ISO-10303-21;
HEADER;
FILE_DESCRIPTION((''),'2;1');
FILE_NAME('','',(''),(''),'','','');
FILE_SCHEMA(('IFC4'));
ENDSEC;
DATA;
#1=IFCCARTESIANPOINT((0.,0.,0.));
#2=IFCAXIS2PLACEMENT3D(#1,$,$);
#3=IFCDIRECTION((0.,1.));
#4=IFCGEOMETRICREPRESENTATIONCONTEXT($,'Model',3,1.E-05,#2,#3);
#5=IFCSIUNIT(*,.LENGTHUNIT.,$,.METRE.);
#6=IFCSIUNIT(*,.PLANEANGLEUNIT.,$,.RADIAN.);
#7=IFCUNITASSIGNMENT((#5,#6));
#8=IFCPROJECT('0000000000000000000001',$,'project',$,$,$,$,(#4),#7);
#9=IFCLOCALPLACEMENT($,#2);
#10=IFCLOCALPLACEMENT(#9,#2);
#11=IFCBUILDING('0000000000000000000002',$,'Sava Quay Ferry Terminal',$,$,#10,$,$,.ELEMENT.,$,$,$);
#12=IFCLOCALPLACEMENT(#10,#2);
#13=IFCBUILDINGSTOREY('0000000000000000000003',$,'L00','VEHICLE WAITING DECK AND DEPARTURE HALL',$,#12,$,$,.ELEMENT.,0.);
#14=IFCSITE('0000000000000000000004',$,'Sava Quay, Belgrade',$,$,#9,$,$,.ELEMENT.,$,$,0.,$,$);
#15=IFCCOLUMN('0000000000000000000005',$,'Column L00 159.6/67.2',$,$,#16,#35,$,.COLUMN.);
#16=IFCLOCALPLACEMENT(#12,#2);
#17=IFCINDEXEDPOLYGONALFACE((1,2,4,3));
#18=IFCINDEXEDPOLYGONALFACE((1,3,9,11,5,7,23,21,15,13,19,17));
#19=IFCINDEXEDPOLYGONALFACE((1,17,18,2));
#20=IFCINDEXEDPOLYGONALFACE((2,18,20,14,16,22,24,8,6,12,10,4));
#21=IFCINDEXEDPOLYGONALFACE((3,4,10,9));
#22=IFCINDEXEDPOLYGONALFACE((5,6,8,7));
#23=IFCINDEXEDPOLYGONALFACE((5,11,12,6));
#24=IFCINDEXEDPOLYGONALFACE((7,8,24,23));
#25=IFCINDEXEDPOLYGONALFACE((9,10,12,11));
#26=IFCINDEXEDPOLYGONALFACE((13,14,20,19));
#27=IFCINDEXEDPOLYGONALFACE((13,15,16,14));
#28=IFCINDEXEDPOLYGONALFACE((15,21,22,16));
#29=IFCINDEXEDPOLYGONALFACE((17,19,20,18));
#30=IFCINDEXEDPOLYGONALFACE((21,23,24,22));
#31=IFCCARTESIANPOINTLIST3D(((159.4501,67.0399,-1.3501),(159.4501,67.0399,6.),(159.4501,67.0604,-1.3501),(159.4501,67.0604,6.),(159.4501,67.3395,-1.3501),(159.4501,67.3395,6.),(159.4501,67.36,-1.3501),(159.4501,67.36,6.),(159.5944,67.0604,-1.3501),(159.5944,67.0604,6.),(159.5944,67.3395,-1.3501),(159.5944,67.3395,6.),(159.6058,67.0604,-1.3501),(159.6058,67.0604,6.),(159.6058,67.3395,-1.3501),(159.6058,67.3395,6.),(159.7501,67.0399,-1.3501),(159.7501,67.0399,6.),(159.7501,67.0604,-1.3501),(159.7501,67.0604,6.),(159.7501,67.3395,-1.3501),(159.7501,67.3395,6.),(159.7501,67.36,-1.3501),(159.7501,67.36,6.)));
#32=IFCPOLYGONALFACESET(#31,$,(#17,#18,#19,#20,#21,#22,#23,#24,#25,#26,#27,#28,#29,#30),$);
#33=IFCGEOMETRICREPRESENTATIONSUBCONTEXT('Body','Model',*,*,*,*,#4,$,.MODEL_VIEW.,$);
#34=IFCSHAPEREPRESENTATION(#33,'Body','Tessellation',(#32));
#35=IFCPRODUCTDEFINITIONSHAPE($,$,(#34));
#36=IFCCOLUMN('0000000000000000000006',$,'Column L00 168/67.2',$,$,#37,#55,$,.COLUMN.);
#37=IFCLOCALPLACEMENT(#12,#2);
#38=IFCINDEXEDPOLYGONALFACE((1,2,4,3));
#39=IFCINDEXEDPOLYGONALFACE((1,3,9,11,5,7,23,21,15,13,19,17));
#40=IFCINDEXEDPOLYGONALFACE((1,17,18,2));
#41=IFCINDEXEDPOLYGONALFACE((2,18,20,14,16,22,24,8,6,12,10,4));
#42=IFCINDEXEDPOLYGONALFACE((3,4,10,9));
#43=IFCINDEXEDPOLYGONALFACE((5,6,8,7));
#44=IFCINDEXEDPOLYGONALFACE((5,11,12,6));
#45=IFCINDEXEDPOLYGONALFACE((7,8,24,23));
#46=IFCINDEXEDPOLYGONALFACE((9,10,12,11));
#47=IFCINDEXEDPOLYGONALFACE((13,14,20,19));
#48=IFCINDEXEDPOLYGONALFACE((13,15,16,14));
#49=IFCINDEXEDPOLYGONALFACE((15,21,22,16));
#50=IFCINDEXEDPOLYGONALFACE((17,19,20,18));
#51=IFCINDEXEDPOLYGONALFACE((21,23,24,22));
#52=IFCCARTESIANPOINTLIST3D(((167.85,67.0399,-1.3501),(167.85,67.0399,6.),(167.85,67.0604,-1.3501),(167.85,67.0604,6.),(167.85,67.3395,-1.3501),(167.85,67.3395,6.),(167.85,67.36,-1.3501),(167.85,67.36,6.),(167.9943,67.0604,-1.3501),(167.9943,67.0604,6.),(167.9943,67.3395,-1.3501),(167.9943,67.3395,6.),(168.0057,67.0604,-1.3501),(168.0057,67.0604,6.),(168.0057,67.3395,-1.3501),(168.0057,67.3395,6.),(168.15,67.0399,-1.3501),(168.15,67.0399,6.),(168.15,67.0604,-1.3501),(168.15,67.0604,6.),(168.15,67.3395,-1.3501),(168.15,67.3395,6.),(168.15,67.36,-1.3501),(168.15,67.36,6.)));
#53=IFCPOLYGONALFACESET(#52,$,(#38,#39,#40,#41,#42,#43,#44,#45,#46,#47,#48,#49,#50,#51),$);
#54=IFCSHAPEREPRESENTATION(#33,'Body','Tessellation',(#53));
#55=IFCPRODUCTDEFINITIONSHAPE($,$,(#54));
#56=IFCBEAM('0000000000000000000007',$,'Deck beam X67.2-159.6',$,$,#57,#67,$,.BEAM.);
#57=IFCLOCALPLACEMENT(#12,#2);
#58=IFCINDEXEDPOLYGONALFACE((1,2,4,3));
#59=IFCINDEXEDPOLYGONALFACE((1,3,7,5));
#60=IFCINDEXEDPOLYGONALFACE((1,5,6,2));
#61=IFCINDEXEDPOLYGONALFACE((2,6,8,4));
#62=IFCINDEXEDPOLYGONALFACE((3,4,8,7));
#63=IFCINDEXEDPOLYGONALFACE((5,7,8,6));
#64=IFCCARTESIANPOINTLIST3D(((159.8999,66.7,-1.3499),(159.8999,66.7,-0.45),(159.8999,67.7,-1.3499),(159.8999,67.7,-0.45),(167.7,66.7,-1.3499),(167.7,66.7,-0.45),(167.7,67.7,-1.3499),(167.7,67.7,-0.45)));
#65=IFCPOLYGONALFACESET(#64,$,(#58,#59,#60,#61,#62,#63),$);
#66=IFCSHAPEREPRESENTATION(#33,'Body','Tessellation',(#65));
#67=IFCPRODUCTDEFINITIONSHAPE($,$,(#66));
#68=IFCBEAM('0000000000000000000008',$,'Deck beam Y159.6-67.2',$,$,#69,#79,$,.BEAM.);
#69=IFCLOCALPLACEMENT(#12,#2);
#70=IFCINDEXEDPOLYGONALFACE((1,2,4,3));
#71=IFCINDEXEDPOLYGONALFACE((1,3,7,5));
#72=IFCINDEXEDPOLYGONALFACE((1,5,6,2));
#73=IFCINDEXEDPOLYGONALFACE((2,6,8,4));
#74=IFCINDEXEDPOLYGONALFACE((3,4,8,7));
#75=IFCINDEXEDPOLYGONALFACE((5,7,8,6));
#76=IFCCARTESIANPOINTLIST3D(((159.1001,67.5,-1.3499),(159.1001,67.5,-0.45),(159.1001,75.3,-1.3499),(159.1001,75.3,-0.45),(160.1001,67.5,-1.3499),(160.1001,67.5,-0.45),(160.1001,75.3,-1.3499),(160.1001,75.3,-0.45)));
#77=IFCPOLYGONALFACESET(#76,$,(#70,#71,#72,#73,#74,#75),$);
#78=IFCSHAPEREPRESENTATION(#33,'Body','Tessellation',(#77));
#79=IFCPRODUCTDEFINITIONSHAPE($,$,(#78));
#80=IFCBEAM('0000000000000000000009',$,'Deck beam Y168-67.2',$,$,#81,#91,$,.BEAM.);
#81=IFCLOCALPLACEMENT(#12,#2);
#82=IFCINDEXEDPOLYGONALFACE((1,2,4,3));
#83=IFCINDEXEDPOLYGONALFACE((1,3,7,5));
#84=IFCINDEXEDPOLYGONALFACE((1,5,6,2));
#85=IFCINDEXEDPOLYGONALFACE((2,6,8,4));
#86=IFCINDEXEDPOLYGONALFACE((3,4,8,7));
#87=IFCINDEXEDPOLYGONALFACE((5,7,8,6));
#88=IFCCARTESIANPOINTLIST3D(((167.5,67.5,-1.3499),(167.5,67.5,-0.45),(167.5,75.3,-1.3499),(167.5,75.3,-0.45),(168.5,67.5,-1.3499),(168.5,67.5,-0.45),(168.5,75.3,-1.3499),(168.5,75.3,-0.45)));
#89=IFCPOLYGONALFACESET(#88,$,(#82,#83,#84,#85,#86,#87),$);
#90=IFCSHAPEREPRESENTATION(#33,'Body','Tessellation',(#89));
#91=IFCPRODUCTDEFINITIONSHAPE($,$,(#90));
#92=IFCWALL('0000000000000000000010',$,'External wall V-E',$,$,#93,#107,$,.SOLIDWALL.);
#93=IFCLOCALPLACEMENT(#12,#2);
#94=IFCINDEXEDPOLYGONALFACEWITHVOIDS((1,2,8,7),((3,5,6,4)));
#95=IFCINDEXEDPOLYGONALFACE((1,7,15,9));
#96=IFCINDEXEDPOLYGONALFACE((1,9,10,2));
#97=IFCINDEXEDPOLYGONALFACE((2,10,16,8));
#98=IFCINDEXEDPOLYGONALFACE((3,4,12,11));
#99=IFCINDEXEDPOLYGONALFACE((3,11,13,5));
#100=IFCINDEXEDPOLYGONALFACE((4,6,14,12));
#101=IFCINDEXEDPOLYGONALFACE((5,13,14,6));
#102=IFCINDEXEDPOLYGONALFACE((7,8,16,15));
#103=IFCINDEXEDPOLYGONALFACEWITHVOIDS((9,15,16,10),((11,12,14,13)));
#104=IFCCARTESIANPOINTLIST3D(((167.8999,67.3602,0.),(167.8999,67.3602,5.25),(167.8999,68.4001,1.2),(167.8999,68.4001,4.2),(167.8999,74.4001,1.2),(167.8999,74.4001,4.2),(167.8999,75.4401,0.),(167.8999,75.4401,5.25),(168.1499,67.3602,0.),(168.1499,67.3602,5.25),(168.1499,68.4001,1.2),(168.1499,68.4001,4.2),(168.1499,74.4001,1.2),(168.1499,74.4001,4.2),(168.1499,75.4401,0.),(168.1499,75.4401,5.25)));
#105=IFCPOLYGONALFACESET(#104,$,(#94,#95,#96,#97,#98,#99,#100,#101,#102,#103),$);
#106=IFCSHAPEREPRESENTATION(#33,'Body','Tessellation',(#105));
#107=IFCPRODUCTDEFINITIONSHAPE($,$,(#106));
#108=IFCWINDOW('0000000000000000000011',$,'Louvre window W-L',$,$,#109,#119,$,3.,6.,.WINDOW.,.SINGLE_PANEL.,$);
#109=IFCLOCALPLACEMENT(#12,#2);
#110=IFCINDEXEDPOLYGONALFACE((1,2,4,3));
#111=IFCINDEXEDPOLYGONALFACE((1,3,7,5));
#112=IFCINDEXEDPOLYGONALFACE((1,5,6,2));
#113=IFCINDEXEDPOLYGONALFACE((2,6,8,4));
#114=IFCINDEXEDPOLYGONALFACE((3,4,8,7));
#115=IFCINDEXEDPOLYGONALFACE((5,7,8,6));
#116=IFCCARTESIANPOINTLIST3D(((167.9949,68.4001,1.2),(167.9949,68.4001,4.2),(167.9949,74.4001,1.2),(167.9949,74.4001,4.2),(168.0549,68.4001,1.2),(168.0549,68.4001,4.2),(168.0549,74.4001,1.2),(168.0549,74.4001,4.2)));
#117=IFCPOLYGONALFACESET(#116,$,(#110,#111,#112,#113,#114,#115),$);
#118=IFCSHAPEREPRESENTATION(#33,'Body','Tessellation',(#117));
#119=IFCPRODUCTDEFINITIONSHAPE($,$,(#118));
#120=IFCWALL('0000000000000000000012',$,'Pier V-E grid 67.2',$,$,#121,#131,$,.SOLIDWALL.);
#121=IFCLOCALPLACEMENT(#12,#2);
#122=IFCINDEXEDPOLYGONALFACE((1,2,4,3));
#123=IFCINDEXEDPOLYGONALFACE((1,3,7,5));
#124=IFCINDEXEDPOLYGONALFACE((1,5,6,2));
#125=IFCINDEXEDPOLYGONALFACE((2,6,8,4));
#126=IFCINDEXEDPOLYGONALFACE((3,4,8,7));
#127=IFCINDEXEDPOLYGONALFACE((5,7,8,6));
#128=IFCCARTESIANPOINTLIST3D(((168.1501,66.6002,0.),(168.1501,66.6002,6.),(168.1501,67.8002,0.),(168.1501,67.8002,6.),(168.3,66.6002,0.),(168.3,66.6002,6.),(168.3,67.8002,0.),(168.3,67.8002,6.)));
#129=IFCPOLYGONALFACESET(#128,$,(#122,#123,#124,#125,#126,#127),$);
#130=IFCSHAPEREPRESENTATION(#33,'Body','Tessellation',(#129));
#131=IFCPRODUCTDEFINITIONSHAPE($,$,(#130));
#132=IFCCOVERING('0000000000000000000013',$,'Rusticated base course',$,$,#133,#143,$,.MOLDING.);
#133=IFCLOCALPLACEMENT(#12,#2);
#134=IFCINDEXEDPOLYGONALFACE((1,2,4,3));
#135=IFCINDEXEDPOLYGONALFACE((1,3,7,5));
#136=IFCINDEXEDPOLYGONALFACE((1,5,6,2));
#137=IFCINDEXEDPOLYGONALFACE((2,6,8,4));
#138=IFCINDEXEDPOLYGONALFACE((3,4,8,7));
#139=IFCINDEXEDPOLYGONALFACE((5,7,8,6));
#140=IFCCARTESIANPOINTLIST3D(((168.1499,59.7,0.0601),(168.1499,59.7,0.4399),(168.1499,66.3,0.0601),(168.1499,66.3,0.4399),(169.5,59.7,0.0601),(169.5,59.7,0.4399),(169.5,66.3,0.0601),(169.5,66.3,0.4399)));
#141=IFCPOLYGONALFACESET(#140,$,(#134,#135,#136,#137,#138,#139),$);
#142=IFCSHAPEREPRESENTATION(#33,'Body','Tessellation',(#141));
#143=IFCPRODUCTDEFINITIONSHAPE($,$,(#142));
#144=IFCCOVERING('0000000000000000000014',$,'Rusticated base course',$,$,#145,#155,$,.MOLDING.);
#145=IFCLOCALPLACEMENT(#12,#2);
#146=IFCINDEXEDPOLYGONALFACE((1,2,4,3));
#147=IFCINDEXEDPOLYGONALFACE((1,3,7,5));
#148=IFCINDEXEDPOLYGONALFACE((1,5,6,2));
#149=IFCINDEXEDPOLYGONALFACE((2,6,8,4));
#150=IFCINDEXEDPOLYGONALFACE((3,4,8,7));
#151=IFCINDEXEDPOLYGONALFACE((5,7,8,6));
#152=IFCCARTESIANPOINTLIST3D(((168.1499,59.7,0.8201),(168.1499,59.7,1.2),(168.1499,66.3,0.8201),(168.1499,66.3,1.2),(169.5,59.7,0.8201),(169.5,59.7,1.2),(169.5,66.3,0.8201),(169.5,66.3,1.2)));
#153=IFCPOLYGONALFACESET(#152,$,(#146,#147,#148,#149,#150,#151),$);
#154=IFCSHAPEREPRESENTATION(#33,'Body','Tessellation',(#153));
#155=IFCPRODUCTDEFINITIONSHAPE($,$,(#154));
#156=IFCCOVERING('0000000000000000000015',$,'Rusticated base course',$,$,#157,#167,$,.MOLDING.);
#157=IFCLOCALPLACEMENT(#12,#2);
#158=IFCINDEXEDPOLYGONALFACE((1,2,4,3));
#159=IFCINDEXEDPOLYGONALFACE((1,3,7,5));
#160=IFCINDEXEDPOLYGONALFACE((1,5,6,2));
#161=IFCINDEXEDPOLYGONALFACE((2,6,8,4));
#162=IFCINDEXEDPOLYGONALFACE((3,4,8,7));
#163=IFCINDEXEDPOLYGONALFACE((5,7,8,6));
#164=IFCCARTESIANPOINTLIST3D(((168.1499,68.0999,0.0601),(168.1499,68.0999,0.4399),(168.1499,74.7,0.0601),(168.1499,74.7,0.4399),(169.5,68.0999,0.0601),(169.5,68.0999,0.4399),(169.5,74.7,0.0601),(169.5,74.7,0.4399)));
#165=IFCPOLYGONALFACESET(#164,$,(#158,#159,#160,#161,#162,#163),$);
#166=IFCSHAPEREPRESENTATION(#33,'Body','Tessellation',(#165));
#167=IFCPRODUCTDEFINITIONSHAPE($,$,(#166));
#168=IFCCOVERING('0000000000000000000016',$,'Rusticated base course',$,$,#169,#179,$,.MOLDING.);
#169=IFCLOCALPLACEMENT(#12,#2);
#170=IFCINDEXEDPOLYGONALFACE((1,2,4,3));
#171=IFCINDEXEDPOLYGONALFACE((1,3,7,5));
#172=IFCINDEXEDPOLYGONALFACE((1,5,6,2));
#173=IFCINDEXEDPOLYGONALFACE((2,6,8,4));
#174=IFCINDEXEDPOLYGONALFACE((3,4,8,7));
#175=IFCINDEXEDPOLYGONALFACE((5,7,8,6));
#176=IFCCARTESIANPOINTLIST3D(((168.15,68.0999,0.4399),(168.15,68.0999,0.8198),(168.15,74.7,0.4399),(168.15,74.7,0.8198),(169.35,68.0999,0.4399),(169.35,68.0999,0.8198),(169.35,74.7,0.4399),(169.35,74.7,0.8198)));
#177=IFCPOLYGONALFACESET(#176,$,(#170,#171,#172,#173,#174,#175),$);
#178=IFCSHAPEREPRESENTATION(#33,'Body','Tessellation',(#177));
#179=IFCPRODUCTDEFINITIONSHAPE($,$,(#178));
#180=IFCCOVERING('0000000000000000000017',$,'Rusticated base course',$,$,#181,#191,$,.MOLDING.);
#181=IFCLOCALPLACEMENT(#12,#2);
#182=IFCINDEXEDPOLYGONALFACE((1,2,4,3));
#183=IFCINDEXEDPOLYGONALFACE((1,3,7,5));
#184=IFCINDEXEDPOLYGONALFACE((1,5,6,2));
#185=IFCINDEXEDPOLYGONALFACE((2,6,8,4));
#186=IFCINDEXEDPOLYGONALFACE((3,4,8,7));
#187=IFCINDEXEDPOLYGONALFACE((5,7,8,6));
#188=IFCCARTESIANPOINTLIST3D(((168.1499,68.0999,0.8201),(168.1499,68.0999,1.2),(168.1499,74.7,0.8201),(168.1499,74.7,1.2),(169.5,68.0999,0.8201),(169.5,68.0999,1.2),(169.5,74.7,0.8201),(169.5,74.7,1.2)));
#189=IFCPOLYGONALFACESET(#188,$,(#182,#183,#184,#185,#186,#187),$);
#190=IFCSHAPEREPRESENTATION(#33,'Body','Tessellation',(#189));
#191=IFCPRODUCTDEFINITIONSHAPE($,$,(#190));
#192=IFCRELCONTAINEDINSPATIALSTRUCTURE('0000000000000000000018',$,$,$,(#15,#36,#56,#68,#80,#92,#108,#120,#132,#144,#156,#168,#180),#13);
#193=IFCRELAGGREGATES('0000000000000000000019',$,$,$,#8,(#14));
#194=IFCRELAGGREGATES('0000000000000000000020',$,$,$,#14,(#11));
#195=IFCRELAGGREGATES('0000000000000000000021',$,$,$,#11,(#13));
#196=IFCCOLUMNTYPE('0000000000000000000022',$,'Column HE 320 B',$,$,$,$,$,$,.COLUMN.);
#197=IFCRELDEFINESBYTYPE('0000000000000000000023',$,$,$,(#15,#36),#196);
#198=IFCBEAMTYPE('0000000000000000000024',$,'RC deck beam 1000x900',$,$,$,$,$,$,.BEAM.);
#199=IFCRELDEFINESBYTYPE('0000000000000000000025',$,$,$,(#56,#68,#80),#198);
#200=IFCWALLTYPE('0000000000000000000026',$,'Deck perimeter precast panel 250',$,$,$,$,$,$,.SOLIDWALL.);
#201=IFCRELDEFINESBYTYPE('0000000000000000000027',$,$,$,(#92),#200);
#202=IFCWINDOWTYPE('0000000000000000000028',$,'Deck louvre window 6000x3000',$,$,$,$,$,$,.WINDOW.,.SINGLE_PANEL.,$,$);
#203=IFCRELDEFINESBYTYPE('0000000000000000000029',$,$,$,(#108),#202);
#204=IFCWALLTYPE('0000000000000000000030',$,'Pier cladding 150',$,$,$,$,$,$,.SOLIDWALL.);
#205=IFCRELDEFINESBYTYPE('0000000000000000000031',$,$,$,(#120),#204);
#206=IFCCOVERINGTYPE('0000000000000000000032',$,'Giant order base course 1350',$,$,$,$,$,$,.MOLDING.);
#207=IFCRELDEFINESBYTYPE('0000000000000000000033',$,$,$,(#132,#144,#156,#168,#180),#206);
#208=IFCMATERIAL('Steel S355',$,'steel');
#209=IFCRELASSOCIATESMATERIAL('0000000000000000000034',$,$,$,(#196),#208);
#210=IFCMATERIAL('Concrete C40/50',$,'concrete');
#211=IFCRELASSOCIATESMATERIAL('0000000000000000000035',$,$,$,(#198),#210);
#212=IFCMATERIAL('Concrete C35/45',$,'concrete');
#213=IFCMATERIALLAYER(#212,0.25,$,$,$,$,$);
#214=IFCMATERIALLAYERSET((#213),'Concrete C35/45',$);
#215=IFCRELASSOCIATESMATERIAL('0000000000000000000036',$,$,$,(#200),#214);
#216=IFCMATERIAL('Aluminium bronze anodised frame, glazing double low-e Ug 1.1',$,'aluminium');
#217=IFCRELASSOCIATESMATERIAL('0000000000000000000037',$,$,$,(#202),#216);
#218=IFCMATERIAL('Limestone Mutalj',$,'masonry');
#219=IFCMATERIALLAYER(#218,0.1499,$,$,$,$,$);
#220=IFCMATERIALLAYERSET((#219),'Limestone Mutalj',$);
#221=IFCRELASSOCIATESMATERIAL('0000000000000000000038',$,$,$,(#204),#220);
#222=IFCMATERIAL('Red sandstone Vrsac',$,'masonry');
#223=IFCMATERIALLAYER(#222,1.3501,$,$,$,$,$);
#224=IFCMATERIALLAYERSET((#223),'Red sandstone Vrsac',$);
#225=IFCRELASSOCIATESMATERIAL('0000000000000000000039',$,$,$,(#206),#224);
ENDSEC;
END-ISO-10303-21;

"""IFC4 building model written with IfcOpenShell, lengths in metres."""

from ifc_helpers import new_model, si_unit, direction, frame, frame_2d, origin, origin_2d, place, context, subcontext, project, spatial, rectangle, i_section, extrude, material, layer, layer_set, material_profile, profile_set, type_object, element, fill, save


model = new_model("IFC4")

# Units and contexts
model_context = context("Model", 3, precision=1e-05, world=origin(), true_north=direction((0.0, 1.0)))
body_context = subcontext(model_context, "Body", "Model", "MODEL_VIEW")
ifc_project = project(units=[si_unit("LENGTHUNIT", "METRE"), si_unit("PLANEANGLEUNIT", "RADIAN")], contexts=[model_context])

# Site, building, storey
site_placement = place(None, origin())
site = spatial("IfcSite", under=ifc_project, at=site_placement, Name="Sava Quay, Belgrade", CompositionType="ELEMENT", RefElevation=0.0)
building_placement = place(site_placement, origin())
building = spatial("IfcBuilding", under=site, at=building_placement, Name="Sava Quay Ferry Terminal", CompositionType="ELEMENT")
storey_placement = place(building_placement, origin())
storey = spatial("IfcBuildingStorey", under=building, at=storey_placement, Name="L00", Description="VEHICLE WAITING DECK AND DEPARTURE HALL", CompositionType="ELEMENT", Elevation=0.0)

# Columns
ifc_material_1 = material(Name="Steel S355", Category="steel")
ifc_material_profile_1 = material_profile(ifc_material_1, i_section(OverallWidth=0.3, OverallDepth=0.3201, WebThickness=0.0115, FlangeThickness=0.0205, at=origin_2d()), Name="HE 320 B")
ifc_profile_set_1 = profile_set([ifc_material_profile_1], Name="Steel S355")
column_type = type_object("IfcColumnType", Name="Column HE 320 B", PredefinedType="COLUMN", material=ifc_profile_set_1)
for number, where, z_axis, x_axis, name in (
    (1, (159.6001, 67.2, -1.3501), (0.0, 0.0, 1.0), (1.0, 0.0, 0.0), "Column L00 159.6/67.2"),
    (2, (168.0, 67.2, -1.3501), (0.0, 0.0, 1.0), (1.0, 0.0, 0.0), "Column L00 168/67.2"),
):
    element("IfcColumn", number, at=place(storey_placement, frame(where, z_axis=z_axis, x_axis=x_axis)), inside=storey, type_object=column_type, Name=name, PredefinedType="COLUMN", context=body_context, shape_type="SweptSolid", body=[
        extrude(i_section(OverallWidth=0.3, OverallDepth=0.3201, WebThickness=0.0115, FlangeThickness=0.0205, at=origin_2d()), origin(), (0.0, 0.0, 1.0), 7.3501),
    ])

# Beams
ifc_material_2 = material(Name="Concrete C40/50", Category="concrete")
ifc_material_profile_2 = material_profile(ifc_material_2, rectangle(XDim=1.0, YDim=0.8999, at=origin_2d()), Name="RC 1000x900")
ifc_profile_set_2 = profile_set([ifc_material_profile_2], Name="Concrete C40/50")
beam_type = type_object("IfcBeamType", Name="RC deck beam 1000x900", PredefinedType="BEAM", material=ifc_profile_set_2)
for number, where, z_axis, x_axis, name in (
    (3, (159.8999, 67.2, -0.8999), (1.0, 0.0, 0.0), (0.0, 1.0, 0.0), "Deck beam X67.2-159.6"),
    (4, (159.6001, 67.5, -0.8999), (0.0, 1.0, 0.0), (-1.0, 0.0, 0.0), "Deck beam Y159.6-67.2"),
    (5, (168.0, 67.5, -0.8999), (0.0, 1.0, 0.0), (-1.0, 0.0, 0.0), "Deck beam Y168-67.2"),
):
    element("IfcBeam", number, at=place(storey_placement, frame(where, z_axis=z_axis, x_axis=x_axis)), inside=storey, type_object=beam_type, Name=name, PredefinedType="BEAM", context=body_context, shape_type="SweptSolid", body=[
        extrude(rectangle(XDim=1.0, YDim=0.8999, at=origin_2d()), origin(), (0.0, 0.0, 1.0), 7.8),
    ])

# Wall, opening, window
ifc_material_3 = material(Name="Concrete C35/45", Category="concrete")
ifc_layer_1 = layer(ifc_material_3, 0.25)
ifc_layer_set_1 = layer_set([ifc_layer_1], Name="Concrete C35/45")
wall_type_1 = type_object("IfcWallType", Name="Deck perimeter precast panel 250", PredefinedType="SOLIDWALL", material=ifc_layer_set_1)
wall_1_placement = place(storey_placement, frame((168.0249, 67.3601, 0.0), z_axis=(0.0, 0.0, 1.0), x_axis=(0.0, 1.0, 0.0)))
wall_1 = element("IfcWall", 6, at=wall_1_placement, inside=storey, type_object=wall_type_1, Name="External wall V-E", PredefinedType="SOLIDWALL", context=body_context, shape_type="SweptSolid", body=[
    extrude(rectangle(XDim=8.0798, YDim=0.25, at=frame_2d((4.04, 0.0))), origin(), (0.0, 0.0, 1.0), 5.25),
])
opening_placement = place(wall_1_placement, frame((1.04, 0.0, 1.2)))
opening = element("IfcOpeningElement", 7, at=opening_placement, cuts=wall_1, PredefinedType="OPENING", context=body_context, shape_type="SweptSolid", body=[
    extrude(rectangle(XDim=6.0, YDim=3.0, at=frame_2d((3.0, 1.5))), frame((0.0, 0.125, 0.0), z_axis=(0.0, -1.0, 0.0), x_axis=(1.0, 0.0, 0.0)), (0.0, 0.0, 1.0), 0.25),
])
ifc_material_4 = material(Name="Aluminium bronze anodised frame, glazing double low-e Ug 1.1", Category="aluminium")
window_type = type_object("IfcWindowType", Name="Deck louvre window 6000x3000", PartitioningType="SINGLE_PANEL", PredefinedType="WINDOW", material=ifc_material_4)
window_placement = place(opening_placement, origin())
window = element("IfcWindow", 8, at=window_placement, inside=storey, type_object=window_type, Name="Louvre window W-L", OverallHeight=3.0, OverallWidth=6.0, PartitioningType="SINGLE_PANEL", PredefinedType="WINDOW", context=body_context, shape_type="SweptSolid", body=[
    extrude(rectangle(XDim=6.0, YDim=3.0, at=frame_2d((3.0, 1.5))), frame((0.0, 0.03, 0.0), z_axis=(0.0, -1.0, 0.0), x_axis=(1.0, 0.0, 0.0)), (0.0, 0.0, 1.0), 0.0601),
])
fill(opening, window)

# Wall
ifc_material_5 = material(Name="Limestone Mutalj", Category="masonry")
ifc_layer_2 = layer(ifc_material_5, 0.1499)
ifc_layer_set_2 = layer_set([ifc_layer_2], Name="Limestone Mutalj")
wall_type_2 = type_object("IfcWallType", Name="Pier cladding 150", PredefinedType="SOLIDWALL", material=ifc_layer_set_2)
wall_2_placement = place(storey_placement, frame((168.2251, 66.6001, 0.0), z_axis=(0.0, 0.0, 1.0), x_axis=(0.0, 1.0, 0.0)))
element("IfcWall", 9, at=wall_2_placement, inside=storey, type_object=wall_type_2, Name="Pier V-E grid 67.2", PredefinedType="SOLIDWALL", context=body_context, shape_type="SweptSolid", body=[
    extrude(rectangle(XDim=1.2, YDim=0.1499, at=frame_2d((0.6001, 0.0))), origin(), (0.0, 0.0, 1.0), 6.0),
])

# Coverings
ifc_material_6 = material(Name="Red sandstone Vrsac", Category="masonry")
ifc_layer_3 = layer(ifc_material_6, 1.3501)
ifc_layer_set_3 = layer_set([ifc_layer_3], Name="Red sandstone Vrsac")
covering_type_1 = type_object("IfcCoveringType", Name="Giant order base course 1350", PredefinedType="MOLDING", material=ifc_layer_set_3)
for number, where, z_axis, x_axis, name in (
    (10, (168.825, 63.0, 0.0601), (0.0, 0.0, 1.0), (1.0, 0.0, 0.0), "Rusticated base course"),
    (11, (168.825, 63.0, 0.8201), (0.0, 0.0, 1.0), (1.0, 0.0, 0.0), "Rusticated base course"),
    (12, (168.825, 71.3999, 0.0601), (0.0, 0.0, 1.0), (1.0, 0.0, 0.0), "Rusticated base course"),
):
    element("IfcCovering", number, at=place(storey_placement, frame(where, z_axis=z_axis, x_axis=x_axis)), inside=storey, type_object=covering_type_1, Name=name, PredefinedType="MOLDING", context=body_context, shape_type="SweptSolid", body=[
        extrude(rectangle(XDim=1.3501, YDim=6.6001, at=origin_2d()), origin(), (0.0, 0.0, 1.0), 0.3799),
    ])
covering_1_placement = place(storey_placement, frame((168.75, 71.3999, 0.4399), z_axis=(0.0, 0.0, 1.0), x_axis=(1.0, 0.0, 0.0)))
element("IfcCovering", 13, at=covering_1_placement, inside=storey, type_object=covering_type_1, Name="Rusticated base course", PredefinedType="MOLDING", context=body_context, shape_type="SweptSolid", body=[
    extrude(rectangle(XDim=1.2, YDim=6.6001, at=origin_2d()), origin(), (0.0, 0.0, 1.0), 0.3799),
])
covering_2_placement = place(storey_placement, frame((168.825, 71.3999, 0.8201), z_axis=(0.0, 0.0, 1.0), x_axis=(1.0, 0.0, 0.0)))
element("IfcCovering", 14, at=covering_2_placement, inside=storey, type_object=covering_type_1, Name="Rusticated base course", PredefinedType="MOLDING", context=body_context, shape_type="SweptSolid", body=[
    extrude(rectangle(XDim=1.3501, YDim=6.6001, at=origin_2d()), origin(), (0.0, 0.0, 1.0), 0.3799),
])

save(model, "model.ifc")
